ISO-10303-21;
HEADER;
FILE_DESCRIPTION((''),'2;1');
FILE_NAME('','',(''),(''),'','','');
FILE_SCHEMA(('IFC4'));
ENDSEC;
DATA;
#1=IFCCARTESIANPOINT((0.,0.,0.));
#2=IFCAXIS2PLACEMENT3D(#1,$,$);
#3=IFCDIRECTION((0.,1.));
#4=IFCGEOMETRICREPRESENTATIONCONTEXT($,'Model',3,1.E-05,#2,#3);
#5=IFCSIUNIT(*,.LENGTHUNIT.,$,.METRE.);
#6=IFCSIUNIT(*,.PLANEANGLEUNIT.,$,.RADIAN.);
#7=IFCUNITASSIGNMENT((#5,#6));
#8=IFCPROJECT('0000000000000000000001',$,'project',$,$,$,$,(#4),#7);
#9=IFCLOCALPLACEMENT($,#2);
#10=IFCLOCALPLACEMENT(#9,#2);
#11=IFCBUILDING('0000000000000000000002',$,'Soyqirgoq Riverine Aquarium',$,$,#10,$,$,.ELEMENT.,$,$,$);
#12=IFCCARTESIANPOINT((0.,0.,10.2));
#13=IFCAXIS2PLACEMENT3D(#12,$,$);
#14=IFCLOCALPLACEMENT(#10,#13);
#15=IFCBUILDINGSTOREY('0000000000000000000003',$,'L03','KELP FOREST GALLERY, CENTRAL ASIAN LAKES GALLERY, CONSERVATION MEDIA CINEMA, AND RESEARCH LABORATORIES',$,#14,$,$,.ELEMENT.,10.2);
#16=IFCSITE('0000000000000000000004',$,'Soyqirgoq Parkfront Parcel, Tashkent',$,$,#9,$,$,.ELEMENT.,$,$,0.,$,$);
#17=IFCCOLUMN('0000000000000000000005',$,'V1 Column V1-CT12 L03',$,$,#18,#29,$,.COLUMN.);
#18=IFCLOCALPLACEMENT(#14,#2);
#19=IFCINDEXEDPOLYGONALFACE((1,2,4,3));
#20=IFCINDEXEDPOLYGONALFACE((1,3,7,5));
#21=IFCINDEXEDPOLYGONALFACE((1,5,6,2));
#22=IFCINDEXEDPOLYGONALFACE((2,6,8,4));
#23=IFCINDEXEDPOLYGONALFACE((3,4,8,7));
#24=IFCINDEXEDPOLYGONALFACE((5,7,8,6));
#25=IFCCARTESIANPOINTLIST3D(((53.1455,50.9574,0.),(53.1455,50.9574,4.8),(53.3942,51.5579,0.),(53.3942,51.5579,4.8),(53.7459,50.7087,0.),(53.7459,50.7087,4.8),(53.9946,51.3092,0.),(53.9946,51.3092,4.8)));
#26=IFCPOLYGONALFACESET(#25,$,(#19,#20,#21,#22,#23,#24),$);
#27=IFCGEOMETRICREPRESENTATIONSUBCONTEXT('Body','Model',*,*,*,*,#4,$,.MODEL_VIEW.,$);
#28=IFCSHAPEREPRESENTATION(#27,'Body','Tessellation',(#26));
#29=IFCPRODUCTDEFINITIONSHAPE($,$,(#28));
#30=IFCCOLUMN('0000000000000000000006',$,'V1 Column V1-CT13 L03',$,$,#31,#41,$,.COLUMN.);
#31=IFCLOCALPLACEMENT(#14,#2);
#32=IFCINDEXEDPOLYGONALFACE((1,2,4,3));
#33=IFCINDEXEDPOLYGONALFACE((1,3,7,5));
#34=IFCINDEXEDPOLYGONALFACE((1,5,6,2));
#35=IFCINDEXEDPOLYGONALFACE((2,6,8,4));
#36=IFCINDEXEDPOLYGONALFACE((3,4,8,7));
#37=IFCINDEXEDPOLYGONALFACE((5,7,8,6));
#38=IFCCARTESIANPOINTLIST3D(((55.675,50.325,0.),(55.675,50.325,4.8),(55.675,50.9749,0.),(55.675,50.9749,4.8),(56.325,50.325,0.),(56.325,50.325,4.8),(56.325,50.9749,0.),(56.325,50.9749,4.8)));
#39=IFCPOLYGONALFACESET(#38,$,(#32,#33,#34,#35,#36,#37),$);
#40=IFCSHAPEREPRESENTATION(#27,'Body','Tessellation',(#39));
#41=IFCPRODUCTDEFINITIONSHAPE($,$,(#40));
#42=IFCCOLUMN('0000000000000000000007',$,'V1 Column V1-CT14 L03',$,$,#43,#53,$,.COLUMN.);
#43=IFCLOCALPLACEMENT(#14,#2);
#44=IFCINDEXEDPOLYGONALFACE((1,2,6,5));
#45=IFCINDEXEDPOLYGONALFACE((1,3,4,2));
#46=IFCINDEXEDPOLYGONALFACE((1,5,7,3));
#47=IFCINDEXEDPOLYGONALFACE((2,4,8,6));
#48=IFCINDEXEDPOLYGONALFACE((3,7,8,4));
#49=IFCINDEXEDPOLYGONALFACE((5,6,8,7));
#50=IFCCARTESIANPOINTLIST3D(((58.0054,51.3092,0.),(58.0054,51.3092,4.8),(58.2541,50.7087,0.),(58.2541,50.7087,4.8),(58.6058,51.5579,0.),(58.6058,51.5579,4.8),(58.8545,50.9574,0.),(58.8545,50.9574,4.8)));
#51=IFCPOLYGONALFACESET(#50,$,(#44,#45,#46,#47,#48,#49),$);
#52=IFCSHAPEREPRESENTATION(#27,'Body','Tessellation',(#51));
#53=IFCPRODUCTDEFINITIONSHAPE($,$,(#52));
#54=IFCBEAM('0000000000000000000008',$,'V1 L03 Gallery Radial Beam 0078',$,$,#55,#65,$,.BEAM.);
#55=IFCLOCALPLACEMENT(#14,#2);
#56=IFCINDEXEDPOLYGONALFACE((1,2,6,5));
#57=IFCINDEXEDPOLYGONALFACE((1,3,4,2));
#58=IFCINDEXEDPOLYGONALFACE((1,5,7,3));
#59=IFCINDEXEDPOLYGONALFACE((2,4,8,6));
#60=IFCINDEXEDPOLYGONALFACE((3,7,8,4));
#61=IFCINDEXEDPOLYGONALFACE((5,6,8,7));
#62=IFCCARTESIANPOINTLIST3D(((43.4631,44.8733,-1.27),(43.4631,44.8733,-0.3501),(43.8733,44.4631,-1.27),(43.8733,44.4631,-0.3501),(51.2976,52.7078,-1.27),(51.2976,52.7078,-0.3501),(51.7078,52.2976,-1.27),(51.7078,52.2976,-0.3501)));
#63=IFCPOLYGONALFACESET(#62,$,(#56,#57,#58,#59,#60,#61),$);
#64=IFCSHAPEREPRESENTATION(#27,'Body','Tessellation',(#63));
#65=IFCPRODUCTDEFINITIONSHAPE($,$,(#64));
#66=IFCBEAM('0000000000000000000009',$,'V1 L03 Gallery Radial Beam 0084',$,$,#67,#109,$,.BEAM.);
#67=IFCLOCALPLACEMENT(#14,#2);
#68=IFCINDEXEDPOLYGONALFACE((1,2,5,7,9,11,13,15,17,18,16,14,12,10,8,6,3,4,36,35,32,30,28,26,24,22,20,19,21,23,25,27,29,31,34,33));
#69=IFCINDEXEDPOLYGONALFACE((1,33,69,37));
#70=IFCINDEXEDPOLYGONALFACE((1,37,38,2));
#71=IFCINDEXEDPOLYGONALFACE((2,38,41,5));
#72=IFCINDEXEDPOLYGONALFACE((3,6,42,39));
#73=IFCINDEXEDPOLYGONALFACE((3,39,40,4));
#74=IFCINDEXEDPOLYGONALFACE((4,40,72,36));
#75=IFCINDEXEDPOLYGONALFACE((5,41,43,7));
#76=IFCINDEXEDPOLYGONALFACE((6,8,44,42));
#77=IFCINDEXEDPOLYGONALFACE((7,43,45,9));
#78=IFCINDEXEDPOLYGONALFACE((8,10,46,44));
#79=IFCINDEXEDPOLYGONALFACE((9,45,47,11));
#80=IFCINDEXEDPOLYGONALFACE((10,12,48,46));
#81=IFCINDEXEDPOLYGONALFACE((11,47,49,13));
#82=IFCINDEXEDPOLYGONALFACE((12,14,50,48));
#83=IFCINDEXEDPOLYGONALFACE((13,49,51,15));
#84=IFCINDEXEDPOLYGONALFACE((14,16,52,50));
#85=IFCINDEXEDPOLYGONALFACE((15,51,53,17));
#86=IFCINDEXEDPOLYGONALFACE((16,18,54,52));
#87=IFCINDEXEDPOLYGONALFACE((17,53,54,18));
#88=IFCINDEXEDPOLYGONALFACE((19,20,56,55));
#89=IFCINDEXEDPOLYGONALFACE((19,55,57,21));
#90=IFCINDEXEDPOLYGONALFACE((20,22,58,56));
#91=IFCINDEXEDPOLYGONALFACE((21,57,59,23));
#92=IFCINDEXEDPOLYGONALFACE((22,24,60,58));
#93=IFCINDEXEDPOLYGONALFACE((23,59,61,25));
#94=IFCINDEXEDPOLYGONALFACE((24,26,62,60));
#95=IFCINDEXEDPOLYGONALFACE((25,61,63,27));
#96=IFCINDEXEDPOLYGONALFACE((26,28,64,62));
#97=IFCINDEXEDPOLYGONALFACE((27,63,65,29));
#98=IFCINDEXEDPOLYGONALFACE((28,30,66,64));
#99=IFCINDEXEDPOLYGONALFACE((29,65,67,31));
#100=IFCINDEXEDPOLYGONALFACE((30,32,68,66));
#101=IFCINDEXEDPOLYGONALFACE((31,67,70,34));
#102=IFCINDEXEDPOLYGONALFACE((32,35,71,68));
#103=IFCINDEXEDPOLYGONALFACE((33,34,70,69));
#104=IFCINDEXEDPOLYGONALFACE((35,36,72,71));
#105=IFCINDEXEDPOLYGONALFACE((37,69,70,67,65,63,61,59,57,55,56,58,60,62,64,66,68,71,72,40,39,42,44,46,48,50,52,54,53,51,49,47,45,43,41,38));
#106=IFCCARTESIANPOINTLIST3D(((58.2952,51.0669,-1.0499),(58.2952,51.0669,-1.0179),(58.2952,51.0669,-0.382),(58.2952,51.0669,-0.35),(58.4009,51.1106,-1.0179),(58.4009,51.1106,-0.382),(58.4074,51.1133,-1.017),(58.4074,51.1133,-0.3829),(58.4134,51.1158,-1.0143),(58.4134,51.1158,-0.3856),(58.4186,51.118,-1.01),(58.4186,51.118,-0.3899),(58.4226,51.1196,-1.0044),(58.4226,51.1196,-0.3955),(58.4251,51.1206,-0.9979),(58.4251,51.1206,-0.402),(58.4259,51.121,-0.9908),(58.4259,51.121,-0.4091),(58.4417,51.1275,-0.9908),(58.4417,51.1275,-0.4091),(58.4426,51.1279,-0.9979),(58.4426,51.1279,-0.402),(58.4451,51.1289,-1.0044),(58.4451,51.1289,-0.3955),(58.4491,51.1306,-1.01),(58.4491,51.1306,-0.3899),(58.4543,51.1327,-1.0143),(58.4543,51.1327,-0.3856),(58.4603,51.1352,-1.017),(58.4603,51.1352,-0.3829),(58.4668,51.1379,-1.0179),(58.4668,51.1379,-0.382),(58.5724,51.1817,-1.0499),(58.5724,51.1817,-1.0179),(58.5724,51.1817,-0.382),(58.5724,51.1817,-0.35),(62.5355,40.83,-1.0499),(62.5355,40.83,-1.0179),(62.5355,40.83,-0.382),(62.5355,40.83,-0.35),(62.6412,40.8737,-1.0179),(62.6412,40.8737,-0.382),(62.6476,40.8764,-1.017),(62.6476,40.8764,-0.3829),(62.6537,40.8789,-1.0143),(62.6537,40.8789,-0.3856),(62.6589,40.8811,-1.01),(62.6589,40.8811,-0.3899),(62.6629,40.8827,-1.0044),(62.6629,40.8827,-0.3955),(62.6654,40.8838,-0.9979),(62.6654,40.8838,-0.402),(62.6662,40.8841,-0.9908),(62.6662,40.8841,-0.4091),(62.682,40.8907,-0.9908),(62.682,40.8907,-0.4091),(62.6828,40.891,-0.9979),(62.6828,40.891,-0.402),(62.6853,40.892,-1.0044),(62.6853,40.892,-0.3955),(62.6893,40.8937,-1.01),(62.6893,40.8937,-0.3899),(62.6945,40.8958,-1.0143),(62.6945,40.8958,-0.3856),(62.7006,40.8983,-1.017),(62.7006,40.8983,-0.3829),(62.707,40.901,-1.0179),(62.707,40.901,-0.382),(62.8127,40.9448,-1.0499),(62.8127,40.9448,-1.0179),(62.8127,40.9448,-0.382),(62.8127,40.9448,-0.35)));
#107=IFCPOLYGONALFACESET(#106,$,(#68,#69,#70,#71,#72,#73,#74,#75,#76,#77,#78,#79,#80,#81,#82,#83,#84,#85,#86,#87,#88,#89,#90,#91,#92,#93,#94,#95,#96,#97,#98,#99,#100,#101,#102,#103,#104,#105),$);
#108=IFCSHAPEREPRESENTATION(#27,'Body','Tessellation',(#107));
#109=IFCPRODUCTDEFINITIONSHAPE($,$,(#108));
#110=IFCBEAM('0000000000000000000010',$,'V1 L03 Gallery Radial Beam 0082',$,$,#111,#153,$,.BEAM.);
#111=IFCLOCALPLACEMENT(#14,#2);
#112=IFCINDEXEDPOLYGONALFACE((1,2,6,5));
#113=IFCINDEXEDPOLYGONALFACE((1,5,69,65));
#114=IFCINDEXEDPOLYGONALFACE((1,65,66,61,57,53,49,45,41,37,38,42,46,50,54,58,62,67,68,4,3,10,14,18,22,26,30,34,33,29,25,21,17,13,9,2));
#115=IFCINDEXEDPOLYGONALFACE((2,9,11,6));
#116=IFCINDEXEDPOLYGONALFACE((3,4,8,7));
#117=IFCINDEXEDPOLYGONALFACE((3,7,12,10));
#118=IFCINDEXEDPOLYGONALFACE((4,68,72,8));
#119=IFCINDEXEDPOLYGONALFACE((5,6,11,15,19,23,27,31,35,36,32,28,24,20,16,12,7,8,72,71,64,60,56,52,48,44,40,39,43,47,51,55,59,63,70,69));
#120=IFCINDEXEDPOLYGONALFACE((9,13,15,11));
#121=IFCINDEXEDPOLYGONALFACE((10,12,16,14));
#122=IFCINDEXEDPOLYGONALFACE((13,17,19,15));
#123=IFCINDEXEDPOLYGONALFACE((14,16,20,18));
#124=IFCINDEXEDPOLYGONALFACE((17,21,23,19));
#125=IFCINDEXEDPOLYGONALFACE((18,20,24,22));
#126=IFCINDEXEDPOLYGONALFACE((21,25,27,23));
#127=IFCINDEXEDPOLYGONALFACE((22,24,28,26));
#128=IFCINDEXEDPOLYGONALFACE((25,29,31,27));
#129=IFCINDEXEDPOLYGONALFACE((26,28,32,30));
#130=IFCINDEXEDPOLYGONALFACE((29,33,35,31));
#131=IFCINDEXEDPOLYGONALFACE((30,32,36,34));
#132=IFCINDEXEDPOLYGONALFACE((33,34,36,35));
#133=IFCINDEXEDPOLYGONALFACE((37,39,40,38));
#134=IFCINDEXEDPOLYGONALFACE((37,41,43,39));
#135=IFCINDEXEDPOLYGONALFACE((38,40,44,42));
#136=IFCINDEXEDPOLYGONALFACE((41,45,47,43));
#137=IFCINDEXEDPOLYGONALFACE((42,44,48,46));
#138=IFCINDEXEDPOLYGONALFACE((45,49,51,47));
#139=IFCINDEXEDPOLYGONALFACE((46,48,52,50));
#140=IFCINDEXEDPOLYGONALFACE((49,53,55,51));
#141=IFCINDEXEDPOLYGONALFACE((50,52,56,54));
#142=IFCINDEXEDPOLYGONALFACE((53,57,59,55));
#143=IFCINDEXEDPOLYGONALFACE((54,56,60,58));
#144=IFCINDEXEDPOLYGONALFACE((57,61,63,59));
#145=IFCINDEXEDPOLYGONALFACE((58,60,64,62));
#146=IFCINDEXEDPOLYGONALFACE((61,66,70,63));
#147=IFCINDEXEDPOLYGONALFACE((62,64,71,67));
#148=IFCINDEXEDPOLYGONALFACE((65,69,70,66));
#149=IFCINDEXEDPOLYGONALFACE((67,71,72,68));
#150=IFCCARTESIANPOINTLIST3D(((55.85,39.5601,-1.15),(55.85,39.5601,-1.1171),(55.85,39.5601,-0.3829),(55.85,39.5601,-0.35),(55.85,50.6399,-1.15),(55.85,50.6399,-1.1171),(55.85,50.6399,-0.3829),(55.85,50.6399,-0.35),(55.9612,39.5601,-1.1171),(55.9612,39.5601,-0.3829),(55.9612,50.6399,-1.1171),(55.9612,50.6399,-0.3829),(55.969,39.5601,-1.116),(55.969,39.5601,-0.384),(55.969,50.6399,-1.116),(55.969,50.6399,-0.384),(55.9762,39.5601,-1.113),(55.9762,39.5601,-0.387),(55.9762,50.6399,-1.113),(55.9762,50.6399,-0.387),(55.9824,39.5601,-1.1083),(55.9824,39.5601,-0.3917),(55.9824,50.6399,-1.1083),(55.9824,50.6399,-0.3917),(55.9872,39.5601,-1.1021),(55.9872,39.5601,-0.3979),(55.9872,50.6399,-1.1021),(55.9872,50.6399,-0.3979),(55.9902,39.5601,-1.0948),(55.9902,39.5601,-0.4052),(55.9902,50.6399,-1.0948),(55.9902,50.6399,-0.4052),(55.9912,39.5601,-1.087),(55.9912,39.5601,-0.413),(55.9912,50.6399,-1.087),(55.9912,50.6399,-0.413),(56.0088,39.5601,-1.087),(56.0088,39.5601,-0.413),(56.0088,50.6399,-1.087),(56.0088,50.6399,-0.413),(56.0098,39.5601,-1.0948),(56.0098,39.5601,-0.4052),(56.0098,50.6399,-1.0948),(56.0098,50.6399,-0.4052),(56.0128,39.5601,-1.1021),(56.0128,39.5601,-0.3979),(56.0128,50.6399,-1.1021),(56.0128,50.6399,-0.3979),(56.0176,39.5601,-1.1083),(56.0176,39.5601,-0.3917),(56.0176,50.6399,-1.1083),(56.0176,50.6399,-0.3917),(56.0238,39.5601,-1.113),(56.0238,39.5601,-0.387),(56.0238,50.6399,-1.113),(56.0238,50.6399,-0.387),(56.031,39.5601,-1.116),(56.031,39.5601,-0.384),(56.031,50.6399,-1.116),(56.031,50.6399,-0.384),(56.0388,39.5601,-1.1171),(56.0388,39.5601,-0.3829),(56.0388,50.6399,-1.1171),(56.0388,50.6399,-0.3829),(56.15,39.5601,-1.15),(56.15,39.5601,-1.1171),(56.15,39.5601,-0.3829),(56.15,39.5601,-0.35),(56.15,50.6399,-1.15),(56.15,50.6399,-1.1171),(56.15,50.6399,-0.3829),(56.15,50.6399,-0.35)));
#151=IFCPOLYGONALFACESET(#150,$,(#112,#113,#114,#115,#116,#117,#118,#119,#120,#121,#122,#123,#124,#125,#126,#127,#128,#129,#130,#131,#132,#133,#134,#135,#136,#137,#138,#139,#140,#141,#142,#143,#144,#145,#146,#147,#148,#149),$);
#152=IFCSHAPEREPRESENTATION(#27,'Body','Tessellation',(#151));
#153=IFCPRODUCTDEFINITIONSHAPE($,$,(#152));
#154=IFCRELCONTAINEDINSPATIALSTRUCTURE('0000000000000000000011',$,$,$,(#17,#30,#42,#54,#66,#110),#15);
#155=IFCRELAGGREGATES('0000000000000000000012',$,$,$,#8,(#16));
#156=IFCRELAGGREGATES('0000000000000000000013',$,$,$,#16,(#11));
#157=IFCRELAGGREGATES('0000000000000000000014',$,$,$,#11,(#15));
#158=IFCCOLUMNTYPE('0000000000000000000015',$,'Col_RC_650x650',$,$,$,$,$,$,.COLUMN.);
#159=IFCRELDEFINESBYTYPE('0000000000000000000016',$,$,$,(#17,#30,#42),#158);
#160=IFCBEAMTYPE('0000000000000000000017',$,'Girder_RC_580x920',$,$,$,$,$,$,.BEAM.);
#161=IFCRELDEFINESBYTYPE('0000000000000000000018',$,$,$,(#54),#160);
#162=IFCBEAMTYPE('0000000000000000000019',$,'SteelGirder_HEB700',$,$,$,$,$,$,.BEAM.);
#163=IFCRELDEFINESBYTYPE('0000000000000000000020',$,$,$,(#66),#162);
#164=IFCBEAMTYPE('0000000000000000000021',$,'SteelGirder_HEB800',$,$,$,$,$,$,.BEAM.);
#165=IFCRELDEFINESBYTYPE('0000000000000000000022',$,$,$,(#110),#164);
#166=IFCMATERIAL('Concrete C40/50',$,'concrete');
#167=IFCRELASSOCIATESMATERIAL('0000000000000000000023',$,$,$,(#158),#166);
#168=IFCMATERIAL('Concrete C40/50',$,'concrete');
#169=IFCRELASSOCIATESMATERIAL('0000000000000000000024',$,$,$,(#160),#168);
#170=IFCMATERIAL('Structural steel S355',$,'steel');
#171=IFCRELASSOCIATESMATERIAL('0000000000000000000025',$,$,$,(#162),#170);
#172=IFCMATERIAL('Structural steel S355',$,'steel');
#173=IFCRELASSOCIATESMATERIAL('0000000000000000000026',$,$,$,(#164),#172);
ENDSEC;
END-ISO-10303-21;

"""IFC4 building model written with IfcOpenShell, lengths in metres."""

from ifc_helpers import new_model, si_unit, direction, frame, origin, origin_2d, place, context, subcontext, project, spatial, rectangle, i_section, extrude, material, material_profile, profile_set, type_object, element, save


model = new_model("IFC4")

# Units and contexts
model_context = context("Model", 3, precision=1e-05, world=origin(), true_north=direction((0.0, 1.0)))
body_context = subcontext(model_context, "Body", "Model", "MODEL_VIEW")
ifc_project = project(units=[si_unit("LENGTHUNIT", "METRE"), si_unit("PLANEANGLEUNIT", "RADIAN")], contexts=[model_context])

# Site, building, storey
site_placement = place(None, origin())
site = spatial("IfcSite", under=ifc_project, at=site_placement, Name="Soyqirgoq Parkfront Parcel, Tashkent", CompositionType="ELEMENT", RefElevation=0.0)
building_placement = place(site_placement, origin())
building = spatial("IfcBuilding", under=site, at=building_placement, Name="Soyqirgoq Riverine Aquarium", CompositionType="ELEMENT")
storey_placement = place(building_placement, frame((0.0, 0.0, 10.2)))
storey = spatial("IfcBuildingStorey", under=building, at=storey_placement, Name="L03", Description="KELP FOREST GALLERY, CENTRAL ASIAN LAKES GALLERY, CONSERVATION MEDIA CINEMA, AND RESEARCH LABORATORIES", CompositionType="ELEMENT", Elevation=10.2)

# Columns
ifc_material_1 = material(Name="Concrete C40/50", Category="concrete")
ifc_material_profile_1 = material_profile(ifc_material_1, rectangle(XDim=0.6499, YDim=0.6499, at=origin_2d()), Name="RC 650x650")
ifc_profile_set_1 = profile_set([ifc_material_profile_1], Name="Concrete C40/50")
column_type = type_object("IfcColumnType", Name="Col_RC_650x650", PredefinedType="COLUMN", material=ifc_profile_set_1)
for number, where, z_axis, x_axis, name in (
    (1, (53.5701, 51.1333, 0.0), (0.0, 0.0, 1.0), (-0.382683, -0.92388, 0.0), "V1 Column V1-CT12 L03"),
    (2, (56.0, 50.6499, 0.0), (0.0, 0.0, 1.0), (0.0, -1.0, 0.0), "V1 Column V1-CT13 L03"),
    (3, (58.4299, 51.1333, 0.0), (0.0, 0.0, 1.0), (0.382683, -0.92388, 0.0), "V1 Column V1-CT14 L03"),
):
    element("IfcColumn", number, at=place(storey_placement, frame(where, z_axis=z_axis, x_axis=x_axis)), inside=storey, type_object=column_type, Name=name, PredefinedType="COLUMN", context=body_context, shape_type="SweptSolid", body=[
        extrude(rectangle(XDim=0.6499, YDim=0.6499, at=origin_2d()), origin(), (0.0, 0.0, 1.0), 4.8),
    ])

# Beams
ifc_material_2 = material(Name="Concrete C40/50", Category="concrete")
ifc_material_profile_2 = material_profile(ifc_material_2, rectangle(XDim=0.5801, YDim=0.9199, at=origin_2d()), Name="RC 580x920")
ifc_profile_set_2 = profile_set([ifc_material_profile_2], Name="Concrete C40/50")
beam_type_1 = type_object("IfcBeamType", Name="Girder_RC_580x920", PredefinedType="BEAM", material=ifc_profile_set_2)
beam_1_placement = place(storey_placement, frame((51.5027, 52.5027, -0.8101), z_axis=(-0.707107, -0.707107, 0.0), x_axis=(0.707107, -0.707107, 0.0)))
element("IfcBeam", 4, at=beam_1_placement, inside=storey, type_object=beam_type_1, Name="V1 L03 Gallery Radial Beam 0078", PredefinedType="BEAM", context=body_context, shape_type="SweptSolid", body=[
    extrude(rectangle(XDim=0.5801, YDim=0.9199, at=origin_2d()), origin(), (0.0, 0.0, 1.0), 11.0796),
])
ifc_material_3 = material(Name="Structural steel S355", Category="steel")
ifc_material_profile_3 = material_profile(ifc_material_3, i_section(OverallWidth=0.3, OverallDepth=0.7, WebThickness=0.0171, FlangeThickness=0.032, FilletRadius=0.0271, at=origin_2d()), Name="HEB 700")
ifc_profile_set_3 = profile_set([ifc_material_profile_3], Name="Structural steel S355")
beam_type_2 = type_object("IfcBeamType", Name="SteelGirder_HEB700", PredefinedType="BEAM", material=ifc_profile_set_3)
beam_2_placement = place(storey_placement, frame((58.4338, 51.1243, -0.7), z_axis=(0.382684, -0.923879, 0.0), x_axis=(0.923879, 0.382684, 0.0)))
element("IfcBeam", 5, at=beam_2_placement, inside=storey, type_object=beam_type_2, Name="V1 L03 Gallery Radial Beam 0084", PredefinedType="BEAM", context=body_context, shape_type="SweptSolid", body=[
    extrude(i_section(OverallWidth=0.3, OverallDepth=0.7, WebThickness=0.0171, FlangeThickness=0.032, FilletRadius=0.0271, at=origin_2d()), origin(), (0.0, 0.0, 1.0), 11.0803),
])
ifc_material_4 = material(Name="Structural steel S355", Category="steel")
ifc_material_profile_4 = material_profile(ifc_material_4, i_section(OverallWidth=0.3, OverallDepth=0.8, WebThickness=0.0176, FlangeThickness=0.033, FilletRadius=0.03, at=origin_2d()), Name="HEB 800")
ifc_profile_set_4 = profile_set([ifc_material_profile_4], Name="Structural steel S355")
beam_type_3 = type_object("IfcBeamType", Name="SteelGirder_HEB800", PredefinedType="BEAM", material=ifc_profile_set_4)
beam_3_placement = place(storey_placement, frame((56.0, 50.6399, -0.75), z_axis=(0.0, -1.0, 0.0), x_axis=(1.0, 0.0, 0.0)))
element("IfcBeam", 6, at=beam_3_placement, inside=storey, type_object=beam_type_3, Name="V1 L03 Gallery Radial Beam 0082", PredefinedType="BEAM", context=body_context, shape_type="SweptSolid", body=[
    extrude(i_section(OverallWidth=0.3, OverallDepth=0.8, WebThickness=0.0176, FlangeThickness=0.033, FilletRadius=0.03, at=origin_2d()), origin(), (0.0, 0.0, 1.0), 11.0798),
])

save(model, "model.ifc")
